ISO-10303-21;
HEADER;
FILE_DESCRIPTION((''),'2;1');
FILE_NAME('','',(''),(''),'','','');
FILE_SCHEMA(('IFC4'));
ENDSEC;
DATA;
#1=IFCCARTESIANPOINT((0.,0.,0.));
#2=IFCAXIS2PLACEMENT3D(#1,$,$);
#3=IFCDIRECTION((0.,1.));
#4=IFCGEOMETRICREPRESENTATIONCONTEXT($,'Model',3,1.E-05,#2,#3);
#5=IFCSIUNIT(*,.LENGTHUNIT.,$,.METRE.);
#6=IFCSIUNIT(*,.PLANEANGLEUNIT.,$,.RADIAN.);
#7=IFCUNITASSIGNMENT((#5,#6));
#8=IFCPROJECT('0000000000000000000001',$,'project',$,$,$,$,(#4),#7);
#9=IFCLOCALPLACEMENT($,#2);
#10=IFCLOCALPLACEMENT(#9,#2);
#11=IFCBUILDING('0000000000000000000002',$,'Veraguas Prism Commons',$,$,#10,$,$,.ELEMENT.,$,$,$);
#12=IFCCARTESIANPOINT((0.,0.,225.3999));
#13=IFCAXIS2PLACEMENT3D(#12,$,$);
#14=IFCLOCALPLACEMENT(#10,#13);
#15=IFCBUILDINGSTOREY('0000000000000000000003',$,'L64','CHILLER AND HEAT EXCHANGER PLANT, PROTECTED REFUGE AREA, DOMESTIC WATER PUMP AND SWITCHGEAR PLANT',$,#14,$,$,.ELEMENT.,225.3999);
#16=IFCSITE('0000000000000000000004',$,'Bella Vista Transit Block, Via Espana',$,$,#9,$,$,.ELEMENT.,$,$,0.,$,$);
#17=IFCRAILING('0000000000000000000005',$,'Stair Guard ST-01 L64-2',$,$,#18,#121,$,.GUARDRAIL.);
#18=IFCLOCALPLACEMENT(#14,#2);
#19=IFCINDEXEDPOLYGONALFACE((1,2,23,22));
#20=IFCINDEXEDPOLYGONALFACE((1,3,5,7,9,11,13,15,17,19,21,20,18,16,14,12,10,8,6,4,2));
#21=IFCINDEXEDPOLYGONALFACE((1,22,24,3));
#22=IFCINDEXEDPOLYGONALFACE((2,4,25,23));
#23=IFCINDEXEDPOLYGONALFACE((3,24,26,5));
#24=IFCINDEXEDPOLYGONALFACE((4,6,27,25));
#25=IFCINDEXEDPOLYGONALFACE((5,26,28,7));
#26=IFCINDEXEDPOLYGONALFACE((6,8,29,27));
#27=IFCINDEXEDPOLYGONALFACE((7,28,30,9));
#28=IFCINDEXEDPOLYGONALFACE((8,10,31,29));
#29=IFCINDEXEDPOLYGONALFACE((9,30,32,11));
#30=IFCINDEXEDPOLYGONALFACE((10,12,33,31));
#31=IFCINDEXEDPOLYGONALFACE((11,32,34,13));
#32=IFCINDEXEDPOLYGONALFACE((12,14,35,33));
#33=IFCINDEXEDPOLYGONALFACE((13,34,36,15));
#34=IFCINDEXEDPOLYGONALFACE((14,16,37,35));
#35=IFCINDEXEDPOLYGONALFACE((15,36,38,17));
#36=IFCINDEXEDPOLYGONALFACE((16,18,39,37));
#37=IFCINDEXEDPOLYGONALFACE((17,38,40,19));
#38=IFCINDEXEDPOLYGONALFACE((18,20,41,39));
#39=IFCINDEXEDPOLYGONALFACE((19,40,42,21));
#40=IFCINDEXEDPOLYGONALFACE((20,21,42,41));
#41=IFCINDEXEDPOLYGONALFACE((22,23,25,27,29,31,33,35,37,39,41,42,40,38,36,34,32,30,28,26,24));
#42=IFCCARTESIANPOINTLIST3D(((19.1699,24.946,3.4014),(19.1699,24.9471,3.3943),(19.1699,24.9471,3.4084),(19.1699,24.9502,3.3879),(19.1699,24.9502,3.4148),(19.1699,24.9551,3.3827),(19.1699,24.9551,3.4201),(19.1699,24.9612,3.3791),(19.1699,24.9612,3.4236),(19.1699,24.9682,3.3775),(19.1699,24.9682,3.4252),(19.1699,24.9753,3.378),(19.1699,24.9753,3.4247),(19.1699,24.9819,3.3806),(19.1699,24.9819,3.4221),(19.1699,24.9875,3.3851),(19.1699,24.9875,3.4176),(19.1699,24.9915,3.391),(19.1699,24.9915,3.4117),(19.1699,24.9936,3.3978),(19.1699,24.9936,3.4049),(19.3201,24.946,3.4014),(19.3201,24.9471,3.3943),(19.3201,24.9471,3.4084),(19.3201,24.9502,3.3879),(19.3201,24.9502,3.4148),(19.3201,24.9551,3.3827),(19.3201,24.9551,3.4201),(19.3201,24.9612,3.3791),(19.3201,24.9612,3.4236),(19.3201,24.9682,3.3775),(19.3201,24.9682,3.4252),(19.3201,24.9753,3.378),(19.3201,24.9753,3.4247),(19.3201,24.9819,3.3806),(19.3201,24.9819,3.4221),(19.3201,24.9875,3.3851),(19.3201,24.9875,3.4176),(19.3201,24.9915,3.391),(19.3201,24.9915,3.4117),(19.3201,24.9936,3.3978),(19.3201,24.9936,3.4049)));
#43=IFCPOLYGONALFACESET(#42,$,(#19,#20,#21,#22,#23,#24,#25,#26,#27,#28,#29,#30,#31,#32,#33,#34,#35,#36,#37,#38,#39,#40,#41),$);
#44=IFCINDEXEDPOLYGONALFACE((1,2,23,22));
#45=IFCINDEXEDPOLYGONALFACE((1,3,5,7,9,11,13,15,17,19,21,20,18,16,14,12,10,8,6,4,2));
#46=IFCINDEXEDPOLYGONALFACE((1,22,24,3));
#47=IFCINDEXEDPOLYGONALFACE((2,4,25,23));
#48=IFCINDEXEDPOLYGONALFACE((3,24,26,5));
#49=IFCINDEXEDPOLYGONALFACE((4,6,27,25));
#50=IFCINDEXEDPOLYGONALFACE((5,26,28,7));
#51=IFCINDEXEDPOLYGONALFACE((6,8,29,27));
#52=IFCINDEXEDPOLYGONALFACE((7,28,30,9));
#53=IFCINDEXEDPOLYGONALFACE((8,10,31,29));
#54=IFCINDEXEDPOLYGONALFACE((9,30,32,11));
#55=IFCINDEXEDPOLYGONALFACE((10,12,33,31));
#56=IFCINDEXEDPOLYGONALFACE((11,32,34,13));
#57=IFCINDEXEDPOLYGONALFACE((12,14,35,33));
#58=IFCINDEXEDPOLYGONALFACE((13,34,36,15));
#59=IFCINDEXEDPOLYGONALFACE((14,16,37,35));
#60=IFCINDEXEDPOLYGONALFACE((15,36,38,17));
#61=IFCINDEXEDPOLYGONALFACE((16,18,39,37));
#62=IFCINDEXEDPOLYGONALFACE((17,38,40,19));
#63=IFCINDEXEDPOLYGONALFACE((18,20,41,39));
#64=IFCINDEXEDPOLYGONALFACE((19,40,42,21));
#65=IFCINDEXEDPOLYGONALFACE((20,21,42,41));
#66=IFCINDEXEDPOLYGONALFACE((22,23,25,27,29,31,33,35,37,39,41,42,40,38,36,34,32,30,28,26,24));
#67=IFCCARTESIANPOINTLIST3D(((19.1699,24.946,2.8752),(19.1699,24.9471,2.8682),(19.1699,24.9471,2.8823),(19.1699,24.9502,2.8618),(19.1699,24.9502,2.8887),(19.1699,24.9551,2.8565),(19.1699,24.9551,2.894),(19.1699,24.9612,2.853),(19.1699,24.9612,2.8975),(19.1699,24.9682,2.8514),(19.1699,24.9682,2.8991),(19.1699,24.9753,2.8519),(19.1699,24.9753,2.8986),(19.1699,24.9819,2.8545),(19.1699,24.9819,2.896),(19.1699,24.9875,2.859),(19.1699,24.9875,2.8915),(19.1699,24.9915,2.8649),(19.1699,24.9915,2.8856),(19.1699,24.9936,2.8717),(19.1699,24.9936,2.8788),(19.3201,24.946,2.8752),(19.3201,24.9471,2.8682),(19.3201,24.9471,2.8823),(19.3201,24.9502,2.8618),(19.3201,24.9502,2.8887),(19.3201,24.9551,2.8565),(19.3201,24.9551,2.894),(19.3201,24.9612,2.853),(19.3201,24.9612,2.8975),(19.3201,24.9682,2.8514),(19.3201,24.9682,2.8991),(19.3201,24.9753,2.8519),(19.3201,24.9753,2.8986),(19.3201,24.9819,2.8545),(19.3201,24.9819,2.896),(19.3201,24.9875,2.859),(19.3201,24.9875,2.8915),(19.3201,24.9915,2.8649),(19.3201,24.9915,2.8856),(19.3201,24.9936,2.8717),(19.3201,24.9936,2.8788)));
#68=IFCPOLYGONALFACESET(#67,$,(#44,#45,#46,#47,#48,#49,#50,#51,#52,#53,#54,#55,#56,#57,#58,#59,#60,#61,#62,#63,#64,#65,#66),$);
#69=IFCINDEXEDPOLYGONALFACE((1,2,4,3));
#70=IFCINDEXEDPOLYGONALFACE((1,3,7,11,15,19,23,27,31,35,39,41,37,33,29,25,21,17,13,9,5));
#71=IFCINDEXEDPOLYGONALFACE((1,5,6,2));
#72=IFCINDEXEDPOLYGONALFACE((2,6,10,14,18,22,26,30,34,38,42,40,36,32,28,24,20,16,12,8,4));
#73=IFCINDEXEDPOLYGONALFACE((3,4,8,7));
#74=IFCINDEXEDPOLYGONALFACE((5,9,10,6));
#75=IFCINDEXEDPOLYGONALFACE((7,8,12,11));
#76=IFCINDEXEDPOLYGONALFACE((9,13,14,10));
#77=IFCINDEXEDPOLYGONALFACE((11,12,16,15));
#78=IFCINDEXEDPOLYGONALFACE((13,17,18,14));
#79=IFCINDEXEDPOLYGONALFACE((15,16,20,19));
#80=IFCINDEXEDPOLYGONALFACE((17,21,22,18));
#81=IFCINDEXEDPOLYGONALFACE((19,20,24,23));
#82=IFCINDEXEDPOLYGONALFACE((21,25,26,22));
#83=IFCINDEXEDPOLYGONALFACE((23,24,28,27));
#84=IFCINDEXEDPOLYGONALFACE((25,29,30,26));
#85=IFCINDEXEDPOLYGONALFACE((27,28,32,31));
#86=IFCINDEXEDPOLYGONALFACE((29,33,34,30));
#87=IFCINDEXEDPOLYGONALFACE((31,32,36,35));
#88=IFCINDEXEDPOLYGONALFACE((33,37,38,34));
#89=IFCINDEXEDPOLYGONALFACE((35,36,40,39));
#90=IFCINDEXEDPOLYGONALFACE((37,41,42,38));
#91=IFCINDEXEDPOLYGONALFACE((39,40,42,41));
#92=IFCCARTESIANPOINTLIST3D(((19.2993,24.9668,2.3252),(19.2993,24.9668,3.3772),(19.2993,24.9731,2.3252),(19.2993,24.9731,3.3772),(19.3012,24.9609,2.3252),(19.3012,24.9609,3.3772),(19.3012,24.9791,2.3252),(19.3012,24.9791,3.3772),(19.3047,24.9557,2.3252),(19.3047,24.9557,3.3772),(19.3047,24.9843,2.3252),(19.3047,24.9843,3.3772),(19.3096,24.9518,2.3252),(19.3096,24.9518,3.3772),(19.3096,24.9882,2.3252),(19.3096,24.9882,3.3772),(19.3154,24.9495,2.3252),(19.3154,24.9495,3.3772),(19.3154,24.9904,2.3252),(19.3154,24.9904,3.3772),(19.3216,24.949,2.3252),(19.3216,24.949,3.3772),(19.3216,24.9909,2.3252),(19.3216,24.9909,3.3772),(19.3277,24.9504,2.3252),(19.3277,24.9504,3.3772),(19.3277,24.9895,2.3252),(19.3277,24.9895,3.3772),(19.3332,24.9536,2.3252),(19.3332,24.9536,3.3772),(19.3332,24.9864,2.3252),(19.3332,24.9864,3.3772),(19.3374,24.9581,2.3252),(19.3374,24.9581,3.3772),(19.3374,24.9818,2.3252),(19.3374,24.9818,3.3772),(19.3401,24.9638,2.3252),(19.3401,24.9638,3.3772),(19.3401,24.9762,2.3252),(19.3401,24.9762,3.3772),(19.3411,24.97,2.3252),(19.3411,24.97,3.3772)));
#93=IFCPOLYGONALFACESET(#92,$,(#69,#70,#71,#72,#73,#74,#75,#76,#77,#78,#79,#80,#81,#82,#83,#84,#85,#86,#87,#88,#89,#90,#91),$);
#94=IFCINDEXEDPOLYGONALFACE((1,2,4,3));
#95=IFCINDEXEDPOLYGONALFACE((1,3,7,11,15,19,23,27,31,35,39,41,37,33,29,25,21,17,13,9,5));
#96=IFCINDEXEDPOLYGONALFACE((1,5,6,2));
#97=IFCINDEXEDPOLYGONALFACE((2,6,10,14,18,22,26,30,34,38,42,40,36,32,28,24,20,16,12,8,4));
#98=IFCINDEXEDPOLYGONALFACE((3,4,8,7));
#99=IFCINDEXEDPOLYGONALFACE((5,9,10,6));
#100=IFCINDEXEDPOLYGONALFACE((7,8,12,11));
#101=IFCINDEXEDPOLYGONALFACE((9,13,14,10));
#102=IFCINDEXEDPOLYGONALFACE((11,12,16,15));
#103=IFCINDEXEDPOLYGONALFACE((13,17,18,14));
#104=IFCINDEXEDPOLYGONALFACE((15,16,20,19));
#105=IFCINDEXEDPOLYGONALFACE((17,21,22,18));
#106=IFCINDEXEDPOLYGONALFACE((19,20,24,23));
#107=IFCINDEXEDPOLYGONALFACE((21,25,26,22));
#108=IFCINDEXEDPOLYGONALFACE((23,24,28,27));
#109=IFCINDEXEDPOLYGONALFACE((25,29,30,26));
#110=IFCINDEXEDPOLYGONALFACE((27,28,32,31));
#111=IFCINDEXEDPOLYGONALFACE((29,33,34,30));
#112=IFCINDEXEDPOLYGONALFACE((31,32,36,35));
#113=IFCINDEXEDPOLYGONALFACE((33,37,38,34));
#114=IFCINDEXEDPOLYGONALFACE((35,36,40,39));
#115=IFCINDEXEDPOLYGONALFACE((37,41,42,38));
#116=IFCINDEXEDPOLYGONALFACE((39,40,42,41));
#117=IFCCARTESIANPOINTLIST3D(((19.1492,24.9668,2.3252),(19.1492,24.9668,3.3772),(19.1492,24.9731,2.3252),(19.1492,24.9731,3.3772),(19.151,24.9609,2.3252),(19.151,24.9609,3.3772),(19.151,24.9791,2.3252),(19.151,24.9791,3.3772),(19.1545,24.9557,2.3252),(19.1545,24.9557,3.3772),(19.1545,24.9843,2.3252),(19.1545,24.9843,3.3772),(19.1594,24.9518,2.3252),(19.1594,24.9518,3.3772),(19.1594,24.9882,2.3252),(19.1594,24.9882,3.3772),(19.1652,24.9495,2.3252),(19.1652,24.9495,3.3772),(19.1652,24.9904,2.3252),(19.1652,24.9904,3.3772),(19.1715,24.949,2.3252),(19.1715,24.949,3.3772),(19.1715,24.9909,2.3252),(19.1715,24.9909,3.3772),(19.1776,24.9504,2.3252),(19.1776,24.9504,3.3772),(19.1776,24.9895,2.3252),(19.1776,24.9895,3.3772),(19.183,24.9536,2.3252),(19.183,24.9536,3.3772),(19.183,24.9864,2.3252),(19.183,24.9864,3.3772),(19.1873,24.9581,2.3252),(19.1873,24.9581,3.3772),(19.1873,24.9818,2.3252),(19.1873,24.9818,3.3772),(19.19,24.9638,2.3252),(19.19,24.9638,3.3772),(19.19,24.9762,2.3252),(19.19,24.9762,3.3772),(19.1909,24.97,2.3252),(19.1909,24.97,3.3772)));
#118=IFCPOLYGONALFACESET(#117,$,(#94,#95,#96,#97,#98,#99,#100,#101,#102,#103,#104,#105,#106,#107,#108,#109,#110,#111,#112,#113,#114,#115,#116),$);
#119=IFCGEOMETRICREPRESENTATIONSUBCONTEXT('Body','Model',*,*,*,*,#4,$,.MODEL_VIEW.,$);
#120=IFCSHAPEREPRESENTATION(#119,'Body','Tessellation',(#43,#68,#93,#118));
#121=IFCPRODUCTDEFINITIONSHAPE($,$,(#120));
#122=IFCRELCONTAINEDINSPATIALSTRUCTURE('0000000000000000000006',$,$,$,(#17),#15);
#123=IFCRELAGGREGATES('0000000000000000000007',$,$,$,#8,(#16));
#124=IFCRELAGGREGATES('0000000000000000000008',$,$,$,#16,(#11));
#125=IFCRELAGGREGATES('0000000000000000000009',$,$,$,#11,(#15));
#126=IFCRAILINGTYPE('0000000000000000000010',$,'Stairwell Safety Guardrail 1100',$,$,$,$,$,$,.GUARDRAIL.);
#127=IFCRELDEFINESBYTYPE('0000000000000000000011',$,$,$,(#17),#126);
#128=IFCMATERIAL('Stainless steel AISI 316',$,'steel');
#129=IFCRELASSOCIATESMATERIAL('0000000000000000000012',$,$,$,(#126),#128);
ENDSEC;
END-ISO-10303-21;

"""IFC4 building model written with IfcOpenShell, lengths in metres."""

from ifc_helpers import new_model, si_unit, direction, frame, origin, origin_2d, place, context, subcontext, project, spatial, circle, extrude, material, type_object, element, save


model = new_model("IFC4")

# Units and contexts
model_context = context("Model", 3, precision=1e-05, world=origin(), true_north=direction((0.0, 1.0)))
body_context = subcontext(model_context, "Body", "Model", "MODEL_VIEW")
ifc_project = project(units=[si_unit("LENGTHUNIT", "METRE"), si_unit("PLANEANGLEUNIT", "RADIAN")], contexts=[model_context])

# Site, building, storey
site_placement = place(None, origin())
site = spatial("IfcSite", under=ifc_project, at=site_placement, Name="Bella Vista Transit Block, Via Espana", CompositionType="ELEMENT", RefElevation=0.0)
building_placement = place(site_placement, origin())
building = spatial("IfcBuilding", under=site, at=building_placement, Name="Veraguas Prism Commons", CompositionType="ELEMENT")
storey_placement = place(building_placement, frame((0.0, 0.0, 225.3999)))
storey = spatial("IfcBuildingStorey", under=building, at=storey_placement, Name="L64", Description="CHILLER AND HEAT EXCHANGER PLANT, PROTECTED REFUGE AREA, DOMESTIC WATER PUMP AND SWITCHGEAR PLANT", CompositionType="ELEMENT", Elevation=225.3999)

# Shared definitions
ifc_material_1 = material(Name="Stainless steel AISI 316", Category="steel")

# Railing
railing_type_1 = type_object("IfcRailingType", Name="Stairwell Safety Guardrail 1100", PredefinedType="GUARDRAIL", material=ifc_material_1)
railing_1_placement = place(storey_placement, frame((19.3201, 24.97, 2.3252)))
element("IfcRailing", 1, at=railing_1_placement, inside=storey, type_object=railing_type_1, Name="Stair Guard ST-01 L64-2", PredefinedType="GUARDRAIL", context=body_context, shape_type="SweptSolid", body=[
    extrude(circle(Radius=0.0239, at=origin_2d()), frame((0.0, 0.0, 1.0762), z_axis=(-1.0, 0.0, 0.0), x_axis=(0.0, -1.0, 0.0)), (0.0, 0.0, 1.0), 0.1501),
    extrude(circle(Radius=0.0239, at=origin_2d()), frame((0.0, 0.0, 0.55), z_axis=(-1.0, 0.0, 0.0), x_axis=(0.0, -1.0, 0.0)), (0.0, 0.0, 1.0), 0.1501),
    extrude(circle(Radius=0.021, at=origin_2d()), origin(), (0.0, 0.0, 1.0), 1.052),
    extrude(circle(Radius=0.021, at=origin_2d()), frame((-0.1501, 0.0, 0.0)), (0.0, 0.0, 1.0), 1.052),
])

save(model, "model.ifc")
